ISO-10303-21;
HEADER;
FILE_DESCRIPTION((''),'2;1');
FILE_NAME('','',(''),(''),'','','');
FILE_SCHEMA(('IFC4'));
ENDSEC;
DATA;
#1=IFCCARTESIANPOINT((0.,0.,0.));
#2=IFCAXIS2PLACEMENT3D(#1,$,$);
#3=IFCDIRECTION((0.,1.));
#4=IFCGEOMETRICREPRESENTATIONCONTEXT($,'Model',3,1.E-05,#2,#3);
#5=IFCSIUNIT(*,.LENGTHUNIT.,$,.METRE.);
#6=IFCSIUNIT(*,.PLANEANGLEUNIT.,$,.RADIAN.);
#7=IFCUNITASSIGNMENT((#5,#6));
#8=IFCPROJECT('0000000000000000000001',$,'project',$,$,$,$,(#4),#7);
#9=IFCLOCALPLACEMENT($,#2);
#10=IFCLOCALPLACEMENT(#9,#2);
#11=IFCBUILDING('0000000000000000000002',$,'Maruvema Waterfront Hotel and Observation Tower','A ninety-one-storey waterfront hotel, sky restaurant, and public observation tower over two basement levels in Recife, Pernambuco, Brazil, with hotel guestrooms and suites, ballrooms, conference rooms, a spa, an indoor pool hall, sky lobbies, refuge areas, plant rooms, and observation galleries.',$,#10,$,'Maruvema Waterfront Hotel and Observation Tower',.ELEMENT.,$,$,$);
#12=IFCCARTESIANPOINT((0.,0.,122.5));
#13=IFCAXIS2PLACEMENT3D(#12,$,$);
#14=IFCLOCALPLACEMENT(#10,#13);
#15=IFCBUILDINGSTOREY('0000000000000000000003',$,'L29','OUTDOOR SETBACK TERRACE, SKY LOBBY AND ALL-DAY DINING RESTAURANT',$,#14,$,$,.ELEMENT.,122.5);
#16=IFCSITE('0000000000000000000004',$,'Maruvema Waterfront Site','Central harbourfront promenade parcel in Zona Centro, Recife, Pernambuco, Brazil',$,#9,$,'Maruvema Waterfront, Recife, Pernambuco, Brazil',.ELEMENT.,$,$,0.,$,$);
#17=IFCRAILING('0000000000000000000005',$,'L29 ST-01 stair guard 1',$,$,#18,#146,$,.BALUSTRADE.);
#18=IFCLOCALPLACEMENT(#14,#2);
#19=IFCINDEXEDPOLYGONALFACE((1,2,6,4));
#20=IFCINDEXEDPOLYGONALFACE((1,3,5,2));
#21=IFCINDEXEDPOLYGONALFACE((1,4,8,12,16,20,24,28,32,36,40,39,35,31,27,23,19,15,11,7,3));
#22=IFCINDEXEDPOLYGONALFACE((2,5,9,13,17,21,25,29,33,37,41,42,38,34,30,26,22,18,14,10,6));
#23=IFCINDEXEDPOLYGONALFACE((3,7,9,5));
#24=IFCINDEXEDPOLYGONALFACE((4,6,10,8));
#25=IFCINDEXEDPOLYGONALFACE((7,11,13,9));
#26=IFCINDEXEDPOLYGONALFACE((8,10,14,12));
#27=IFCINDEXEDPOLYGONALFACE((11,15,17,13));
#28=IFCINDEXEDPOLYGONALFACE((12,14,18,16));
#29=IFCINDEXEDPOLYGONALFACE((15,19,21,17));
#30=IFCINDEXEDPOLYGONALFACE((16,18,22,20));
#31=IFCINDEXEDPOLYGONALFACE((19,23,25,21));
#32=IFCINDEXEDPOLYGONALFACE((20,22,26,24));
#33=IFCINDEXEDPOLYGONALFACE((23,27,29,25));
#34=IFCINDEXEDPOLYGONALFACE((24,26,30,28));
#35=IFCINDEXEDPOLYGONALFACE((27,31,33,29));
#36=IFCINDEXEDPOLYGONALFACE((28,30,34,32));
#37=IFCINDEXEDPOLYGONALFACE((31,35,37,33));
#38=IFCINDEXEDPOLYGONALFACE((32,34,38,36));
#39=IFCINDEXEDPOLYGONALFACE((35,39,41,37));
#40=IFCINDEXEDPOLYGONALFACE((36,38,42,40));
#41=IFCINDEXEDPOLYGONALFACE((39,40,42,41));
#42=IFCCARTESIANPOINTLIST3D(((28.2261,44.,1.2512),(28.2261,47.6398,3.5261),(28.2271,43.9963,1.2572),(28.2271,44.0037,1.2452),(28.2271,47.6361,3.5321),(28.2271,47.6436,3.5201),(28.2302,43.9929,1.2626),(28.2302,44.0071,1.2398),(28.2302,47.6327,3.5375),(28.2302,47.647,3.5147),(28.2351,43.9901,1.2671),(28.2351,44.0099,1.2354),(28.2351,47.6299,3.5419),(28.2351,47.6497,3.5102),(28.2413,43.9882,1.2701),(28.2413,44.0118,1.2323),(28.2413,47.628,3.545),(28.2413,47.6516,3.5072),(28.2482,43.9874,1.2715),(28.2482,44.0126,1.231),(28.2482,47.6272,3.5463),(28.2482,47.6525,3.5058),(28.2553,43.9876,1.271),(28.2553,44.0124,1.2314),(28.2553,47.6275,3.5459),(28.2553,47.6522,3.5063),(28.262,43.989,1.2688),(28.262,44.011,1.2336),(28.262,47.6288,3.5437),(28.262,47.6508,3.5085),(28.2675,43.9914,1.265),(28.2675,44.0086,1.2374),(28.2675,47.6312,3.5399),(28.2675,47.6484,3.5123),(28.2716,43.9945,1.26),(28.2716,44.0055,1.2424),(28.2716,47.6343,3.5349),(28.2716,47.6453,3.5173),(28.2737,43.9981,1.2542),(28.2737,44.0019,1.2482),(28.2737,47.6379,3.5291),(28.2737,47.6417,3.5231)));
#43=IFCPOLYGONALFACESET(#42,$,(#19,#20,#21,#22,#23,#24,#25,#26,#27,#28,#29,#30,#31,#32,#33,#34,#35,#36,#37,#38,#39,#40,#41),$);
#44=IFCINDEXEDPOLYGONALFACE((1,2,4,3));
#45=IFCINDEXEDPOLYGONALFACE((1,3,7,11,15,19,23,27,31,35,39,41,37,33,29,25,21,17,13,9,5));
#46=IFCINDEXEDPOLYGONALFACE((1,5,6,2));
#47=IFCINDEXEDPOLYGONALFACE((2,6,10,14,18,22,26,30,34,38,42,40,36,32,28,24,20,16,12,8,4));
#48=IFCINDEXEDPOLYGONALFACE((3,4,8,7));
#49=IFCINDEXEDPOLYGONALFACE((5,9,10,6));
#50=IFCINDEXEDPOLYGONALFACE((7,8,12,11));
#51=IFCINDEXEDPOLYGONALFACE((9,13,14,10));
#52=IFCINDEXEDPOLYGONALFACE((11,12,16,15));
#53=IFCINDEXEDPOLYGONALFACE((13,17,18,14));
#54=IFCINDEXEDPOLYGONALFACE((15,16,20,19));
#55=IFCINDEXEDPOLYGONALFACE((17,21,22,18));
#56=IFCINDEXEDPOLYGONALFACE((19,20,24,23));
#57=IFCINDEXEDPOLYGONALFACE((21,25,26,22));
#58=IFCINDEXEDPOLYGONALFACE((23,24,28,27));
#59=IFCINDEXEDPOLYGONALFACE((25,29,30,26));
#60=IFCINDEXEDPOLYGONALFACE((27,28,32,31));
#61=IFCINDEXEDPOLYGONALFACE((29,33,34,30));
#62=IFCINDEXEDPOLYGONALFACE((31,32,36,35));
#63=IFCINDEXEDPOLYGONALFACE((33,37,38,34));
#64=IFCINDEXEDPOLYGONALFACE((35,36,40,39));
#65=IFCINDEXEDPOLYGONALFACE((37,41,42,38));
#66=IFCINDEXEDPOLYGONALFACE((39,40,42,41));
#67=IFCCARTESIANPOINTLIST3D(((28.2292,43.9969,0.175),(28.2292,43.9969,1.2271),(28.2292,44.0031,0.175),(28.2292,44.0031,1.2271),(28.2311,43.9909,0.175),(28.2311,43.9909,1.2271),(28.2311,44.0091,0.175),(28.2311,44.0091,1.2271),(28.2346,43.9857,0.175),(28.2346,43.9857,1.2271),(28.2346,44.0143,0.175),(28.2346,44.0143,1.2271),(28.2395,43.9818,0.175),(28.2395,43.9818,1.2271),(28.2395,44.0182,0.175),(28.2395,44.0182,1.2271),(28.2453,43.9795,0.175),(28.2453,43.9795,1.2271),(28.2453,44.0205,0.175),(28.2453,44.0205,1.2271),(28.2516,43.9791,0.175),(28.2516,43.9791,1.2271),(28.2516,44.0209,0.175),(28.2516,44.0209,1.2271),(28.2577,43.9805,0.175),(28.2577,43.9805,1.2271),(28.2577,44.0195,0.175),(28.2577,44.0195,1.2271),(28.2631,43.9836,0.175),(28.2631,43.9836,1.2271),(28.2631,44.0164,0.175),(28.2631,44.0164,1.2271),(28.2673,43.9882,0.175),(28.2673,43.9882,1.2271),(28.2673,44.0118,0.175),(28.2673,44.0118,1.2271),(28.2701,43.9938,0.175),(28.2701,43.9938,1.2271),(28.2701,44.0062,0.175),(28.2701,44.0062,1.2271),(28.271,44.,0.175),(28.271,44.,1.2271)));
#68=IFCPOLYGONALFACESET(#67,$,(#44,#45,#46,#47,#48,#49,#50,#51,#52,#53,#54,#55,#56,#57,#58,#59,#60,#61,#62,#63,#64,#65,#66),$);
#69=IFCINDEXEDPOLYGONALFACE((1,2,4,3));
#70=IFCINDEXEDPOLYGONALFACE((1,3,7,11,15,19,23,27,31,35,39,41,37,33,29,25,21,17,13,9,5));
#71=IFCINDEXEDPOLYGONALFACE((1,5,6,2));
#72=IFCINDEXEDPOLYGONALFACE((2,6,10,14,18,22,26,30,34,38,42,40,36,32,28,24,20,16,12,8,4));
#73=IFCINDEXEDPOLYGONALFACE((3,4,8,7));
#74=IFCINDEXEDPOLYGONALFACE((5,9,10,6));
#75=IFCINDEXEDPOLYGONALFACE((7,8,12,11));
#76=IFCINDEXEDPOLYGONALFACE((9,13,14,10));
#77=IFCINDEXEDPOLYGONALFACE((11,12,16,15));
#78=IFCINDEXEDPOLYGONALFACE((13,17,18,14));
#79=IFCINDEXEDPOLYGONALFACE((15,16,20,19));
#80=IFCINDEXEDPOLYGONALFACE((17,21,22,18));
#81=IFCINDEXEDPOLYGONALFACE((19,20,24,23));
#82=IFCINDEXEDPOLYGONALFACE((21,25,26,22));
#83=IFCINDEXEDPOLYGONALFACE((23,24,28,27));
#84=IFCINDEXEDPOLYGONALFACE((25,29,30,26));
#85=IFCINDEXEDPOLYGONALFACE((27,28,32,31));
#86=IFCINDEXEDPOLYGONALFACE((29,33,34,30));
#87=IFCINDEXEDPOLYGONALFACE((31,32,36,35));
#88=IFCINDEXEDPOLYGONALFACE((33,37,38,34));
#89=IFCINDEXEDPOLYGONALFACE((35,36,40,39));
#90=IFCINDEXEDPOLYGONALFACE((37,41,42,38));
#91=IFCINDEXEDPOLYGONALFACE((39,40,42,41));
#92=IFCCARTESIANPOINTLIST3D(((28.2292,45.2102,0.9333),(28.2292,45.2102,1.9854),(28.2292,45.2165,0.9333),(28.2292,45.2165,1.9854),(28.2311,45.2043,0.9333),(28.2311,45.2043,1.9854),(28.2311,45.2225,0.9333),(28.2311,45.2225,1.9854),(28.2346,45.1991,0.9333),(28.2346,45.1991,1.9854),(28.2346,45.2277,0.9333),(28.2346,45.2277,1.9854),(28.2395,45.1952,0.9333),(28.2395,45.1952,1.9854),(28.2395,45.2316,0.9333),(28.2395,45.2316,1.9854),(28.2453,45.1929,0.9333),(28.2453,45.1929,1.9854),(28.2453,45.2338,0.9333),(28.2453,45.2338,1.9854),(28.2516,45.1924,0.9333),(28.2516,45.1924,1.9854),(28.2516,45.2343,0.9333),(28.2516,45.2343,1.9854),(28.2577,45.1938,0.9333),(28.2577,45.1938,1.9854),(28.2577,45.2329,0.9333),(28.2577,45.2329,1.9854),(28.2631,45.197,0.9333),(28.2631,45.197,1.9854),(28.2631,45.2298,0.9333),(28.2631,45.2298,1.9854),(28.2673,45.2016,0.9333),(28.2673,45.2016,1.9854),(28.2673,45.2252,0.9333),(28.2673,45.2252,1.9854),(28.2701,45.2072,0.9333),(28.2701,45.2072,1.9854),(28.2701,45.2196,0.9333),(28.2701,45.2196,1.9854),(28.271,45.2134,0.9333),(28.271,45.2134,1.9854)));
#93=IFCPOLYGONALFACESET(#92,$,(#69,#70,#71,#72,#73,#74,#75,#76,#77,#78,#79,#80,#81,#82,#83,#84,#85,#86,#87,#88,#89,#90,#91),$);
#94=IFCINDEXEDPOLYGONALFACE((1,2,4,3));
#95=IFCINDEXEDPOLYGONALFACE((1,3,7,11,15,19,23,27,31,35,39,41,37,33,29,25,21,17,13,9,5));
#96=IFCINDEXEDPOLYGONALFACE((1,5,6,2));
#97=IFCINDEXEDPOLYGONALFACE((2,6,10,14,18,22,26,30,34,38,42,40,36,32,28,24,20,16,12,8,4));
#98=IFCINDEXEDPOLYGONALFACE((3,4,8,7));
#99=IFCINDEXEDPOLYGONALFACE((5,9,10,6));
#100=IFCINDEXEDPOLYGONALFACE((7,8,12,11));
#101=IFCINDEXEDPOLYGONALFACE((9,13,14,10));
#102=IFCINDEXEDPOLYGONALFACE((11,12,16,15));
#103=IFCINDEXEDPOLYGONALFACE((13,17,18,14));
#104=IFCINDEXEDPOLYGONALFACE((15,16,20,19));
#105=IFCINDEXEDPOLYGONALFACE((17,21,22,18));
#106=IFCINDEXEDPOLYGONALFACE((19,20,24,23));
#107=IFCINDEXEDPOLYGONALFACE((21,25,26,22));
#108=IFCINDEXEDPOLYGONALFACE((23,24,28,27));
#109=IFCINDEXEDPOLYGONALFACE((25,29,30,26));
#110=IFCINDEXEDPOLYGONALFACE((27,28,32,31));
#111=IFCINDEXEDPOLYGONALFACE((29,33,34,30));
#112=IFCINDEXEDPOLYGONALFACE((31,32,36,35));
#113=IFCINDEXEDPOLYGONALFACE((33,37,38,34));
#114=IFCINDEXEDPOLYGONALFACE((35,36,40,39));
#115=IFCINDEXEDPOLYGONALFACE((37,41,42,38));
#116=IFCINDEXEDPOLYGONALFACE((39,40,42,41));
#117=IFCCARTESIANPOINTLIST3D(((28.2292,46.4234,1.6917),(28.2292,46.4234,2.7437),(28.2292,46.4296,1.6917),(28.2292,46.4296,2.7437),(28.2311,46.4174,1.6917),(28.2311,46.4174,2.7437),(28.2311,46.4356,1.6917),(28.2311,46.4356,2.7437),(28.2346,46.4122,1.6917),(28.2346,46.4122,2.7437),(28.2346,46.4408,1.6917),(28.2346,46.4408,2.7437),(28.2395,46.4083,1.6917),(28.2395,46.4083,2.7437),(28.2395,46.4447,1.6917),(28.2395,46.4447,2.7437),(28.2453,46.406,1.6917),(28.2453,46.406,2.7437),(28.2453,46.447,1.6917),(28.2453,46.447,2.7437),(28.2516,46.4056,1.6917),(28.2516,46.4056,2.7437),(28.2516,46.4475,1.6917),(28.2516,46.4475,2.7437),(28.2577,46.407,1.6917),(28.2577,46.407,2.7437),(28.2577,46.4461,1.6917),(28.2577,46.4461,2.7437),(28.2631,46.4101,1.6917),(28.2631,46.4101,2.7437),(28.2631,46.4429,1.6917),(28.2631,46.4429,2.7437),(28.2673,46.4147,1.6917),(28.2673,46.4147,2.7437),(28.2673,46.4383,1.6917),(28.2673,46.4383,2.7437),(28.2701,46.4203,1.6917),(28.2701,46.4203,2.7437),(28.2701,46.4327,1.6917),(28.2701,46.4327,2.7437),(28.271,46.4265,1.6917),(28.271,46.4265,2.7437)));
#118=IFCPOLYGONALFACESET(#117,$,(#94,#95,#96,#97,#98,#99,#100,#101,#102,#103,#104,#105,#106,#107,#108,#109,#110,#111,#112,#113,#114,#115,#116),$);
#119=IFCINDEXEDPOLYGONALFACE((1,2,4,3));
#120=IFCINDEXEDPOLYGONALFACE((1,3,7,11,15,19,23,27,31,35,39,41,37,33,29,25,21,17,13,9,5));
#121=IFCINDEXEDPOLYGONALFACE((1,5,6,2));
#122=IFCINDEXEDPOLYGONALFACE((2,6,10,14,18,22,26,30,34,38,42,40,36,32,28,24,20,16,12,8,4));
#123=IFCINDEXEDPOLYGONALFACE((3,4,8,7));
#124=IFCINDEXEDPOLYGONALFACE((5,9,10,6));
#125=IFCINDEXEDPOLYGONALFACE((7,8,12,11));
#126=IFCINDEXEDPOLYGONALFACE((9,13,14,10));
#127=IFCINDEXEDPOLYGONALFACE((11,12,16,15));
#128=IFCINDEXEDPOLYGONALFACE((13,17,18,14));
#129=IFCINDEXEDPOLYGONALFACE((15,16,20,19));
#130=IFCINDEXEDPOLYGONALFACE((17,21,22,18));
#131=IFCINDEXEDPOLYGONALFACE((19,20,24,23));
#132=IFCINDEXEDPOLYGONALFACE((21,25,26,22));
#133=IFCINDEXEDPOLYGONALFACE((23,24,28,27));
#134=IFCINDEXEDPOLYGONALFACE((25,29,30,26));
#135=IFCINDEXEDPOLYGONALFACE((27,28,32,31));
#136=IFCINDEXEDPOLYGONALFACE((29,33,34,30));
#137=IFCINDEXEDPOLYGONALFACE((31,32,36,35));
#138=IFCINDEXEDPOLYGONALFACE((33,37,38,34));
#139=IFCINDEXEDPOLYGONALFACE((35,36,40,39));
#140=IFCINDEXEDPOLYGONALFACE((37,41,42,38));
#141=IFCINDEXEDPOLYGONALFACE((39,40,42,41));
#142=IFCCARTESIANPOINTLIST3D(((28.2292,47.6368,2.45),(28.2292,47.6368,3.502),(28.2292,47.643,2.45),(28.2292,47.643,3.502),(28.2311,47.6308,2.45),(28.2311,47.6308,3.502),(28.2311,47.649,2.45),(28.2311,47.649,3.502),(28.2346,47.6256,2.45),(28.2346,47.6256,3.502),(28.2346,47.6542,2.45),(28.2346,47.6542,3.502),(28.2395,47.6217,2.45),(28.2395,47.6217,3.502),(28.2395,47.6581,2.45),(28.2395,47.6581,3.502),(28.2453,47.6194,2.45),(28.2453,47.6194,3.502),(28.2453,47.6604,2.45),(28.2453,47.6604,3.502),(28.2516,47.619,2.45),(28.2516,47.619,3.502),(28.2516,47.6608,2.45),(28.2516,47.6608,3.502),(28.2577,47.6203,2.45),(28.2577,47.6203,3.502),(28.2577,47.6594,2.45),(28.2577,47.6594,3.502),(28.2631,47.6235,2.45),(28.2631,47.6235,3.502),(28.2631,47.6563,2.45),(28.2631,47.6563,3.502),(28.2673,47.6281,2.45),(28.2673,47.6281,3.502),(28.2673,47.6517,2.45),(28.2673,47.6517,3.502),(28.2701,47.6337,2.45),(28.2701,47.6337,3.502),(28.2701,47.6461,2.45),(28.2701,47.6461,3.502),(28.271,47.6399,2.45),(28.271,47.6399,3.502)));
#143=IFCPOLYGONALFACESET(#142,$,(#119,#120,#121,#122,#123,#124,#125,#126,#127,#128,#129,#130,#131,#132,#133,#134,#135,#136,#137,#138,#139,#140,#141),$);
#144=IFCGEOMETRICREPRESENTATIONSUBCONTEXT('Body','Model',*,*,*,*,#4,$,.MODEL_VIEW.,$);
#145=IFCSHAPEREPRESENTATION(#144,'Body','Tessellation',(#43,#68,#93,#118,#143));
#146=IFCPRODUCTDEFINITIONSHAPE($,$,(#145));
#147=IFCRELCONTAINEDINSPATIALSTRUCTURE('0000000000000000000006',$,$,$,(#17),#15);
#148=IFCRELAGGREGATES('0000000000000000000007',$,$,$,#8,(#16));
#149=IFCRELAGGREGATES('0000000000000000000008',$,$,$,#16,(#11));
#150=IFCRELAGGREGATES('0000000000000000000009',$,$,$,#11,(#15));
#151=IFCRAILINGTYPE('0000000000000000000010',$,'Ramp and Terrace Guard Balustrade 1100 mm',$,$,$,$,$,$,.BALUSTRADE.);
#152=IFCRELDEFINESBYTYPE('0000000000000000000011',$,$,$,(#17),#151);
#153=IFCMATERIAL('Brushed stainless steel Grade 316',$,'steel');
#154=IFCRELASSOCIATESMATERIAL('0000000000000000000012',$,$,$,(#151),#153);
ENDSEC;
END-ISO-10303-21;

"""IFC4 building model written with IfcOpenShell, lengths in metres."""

from ifc_helpers import new_model, si_unit, direction, frame, origin, origin_2d, place, context, subcontext, project, spatial, circle, extrude, material, type_object, element, save


model = new_model("IFC4")

# Units and contexts
model_context = context("Model", 3, precision=1e-05, world=origin(), true_north=direction((0.0, 1.0)))
body_context = subcontext(model_context, "Body", "Model", "MODEL_VIEW")
ifc_project = project(units=[si_unit("LENGTHUNIT", "METRE"), si_unit("PLANEANGLEUNIT", "RADIAN")], contexts=[model_context])

# Site, building, storey
site_placement = place(None, origin())
site = spatial("IfcSite", under=ifc_project, at=site_placement, Name="Maruvema Waterfront Site", Description="Central harbourfront promenade parcel in Zona Centro, Recife, Pernambuco, Brazil", LongName="Maruvema Waterfront, Recife, Pernambuco, Brazil", CompositionType="ELEMENT", RefElevation=0.0)
building_placement = place(site_placement, origin())
building = spatial("IfcBuilding", under=site, at=building_placement, Name="Maruvema Waterfront Hotel and Observation Tower", Description="A ninety-one-storey waterfront hotel, sky restaurant, and public observation tower over two basement levels in Recife, Pernambuco, Brazil, with hotel guestrooms and suites, ballrooms, conference rooms, a spa, an indoor pool hall, sky lobbies, refuge areas, plant rooms, and observation galleries.", LongName="Maruvema Waterfront Hotel and Observation Tower", CompositionType="ELEMENT")
storey_placement = place(building_placement, frame((0.0, 0.0, 122.5)))
storey = spatial("IfcBuildingStorey", under=building, at=storey_placement, Name="L29", Description="OUTDOOR SETBACK TERRACE, SKY LOBBY AND ALL-DAY DINING RESTAURANT", CompositionType="ELEMENT", Elevation=122.5)

# Railing
ifc_material_1 = material(Name="Brushed stainless steel Grade 316", Category="steel")
railing_type_1 = type_object("IfcRailingType", Name="Ramp and Terrace Guard Balustrade 1100 mm", PredefinedType="BALUSTRADE", material=ifc_material_1)
railing_1_placement = place(storey_placement, frame((28.25, 44.0, 0.175)))
element("IfcRailing", 1, at=railing_1_placement, inside=storey, type_object=railing_type_1, Name="L29 ST-01 stair guard 1", PredefinedType="BALUSTRADE", context=body_context, shape_type="SweptSolid", body=[
    extrude(circle(Radius=0.0239, at=origin_2d()), frame((0.0, 0.0, 1.0762), z_axis=(0.0, 0.848001, 0.529994), x_axis=(-1.0, 0.0, 0.0)), (0.0, 0.0, 1.0), 4.2922),
    extrude(circle(Radius=0.021, at=origin_2d()), origin(), (0.0, 0.0, 1.0), 1.052),
    extrude(circle(Radius=0.021, at=origin_2d()), frame((0.0, 1.2134, 0.7583)), (0.0, 0.0, 1.0), 1.052),
    extrude(circle(Radius=0.021, at=origin_2d()), frame((0.0, 2.4265, 1.5166)), (0.0, 0.0, 1.0), 1.052),
    extrude(circle(Radius=0.021, at=origin_2d()), frame((0.0, 3.6399, 2.2749)), (0.0, 0.0, 1.0), 1.052),
])

save(model, "model.ifc")
